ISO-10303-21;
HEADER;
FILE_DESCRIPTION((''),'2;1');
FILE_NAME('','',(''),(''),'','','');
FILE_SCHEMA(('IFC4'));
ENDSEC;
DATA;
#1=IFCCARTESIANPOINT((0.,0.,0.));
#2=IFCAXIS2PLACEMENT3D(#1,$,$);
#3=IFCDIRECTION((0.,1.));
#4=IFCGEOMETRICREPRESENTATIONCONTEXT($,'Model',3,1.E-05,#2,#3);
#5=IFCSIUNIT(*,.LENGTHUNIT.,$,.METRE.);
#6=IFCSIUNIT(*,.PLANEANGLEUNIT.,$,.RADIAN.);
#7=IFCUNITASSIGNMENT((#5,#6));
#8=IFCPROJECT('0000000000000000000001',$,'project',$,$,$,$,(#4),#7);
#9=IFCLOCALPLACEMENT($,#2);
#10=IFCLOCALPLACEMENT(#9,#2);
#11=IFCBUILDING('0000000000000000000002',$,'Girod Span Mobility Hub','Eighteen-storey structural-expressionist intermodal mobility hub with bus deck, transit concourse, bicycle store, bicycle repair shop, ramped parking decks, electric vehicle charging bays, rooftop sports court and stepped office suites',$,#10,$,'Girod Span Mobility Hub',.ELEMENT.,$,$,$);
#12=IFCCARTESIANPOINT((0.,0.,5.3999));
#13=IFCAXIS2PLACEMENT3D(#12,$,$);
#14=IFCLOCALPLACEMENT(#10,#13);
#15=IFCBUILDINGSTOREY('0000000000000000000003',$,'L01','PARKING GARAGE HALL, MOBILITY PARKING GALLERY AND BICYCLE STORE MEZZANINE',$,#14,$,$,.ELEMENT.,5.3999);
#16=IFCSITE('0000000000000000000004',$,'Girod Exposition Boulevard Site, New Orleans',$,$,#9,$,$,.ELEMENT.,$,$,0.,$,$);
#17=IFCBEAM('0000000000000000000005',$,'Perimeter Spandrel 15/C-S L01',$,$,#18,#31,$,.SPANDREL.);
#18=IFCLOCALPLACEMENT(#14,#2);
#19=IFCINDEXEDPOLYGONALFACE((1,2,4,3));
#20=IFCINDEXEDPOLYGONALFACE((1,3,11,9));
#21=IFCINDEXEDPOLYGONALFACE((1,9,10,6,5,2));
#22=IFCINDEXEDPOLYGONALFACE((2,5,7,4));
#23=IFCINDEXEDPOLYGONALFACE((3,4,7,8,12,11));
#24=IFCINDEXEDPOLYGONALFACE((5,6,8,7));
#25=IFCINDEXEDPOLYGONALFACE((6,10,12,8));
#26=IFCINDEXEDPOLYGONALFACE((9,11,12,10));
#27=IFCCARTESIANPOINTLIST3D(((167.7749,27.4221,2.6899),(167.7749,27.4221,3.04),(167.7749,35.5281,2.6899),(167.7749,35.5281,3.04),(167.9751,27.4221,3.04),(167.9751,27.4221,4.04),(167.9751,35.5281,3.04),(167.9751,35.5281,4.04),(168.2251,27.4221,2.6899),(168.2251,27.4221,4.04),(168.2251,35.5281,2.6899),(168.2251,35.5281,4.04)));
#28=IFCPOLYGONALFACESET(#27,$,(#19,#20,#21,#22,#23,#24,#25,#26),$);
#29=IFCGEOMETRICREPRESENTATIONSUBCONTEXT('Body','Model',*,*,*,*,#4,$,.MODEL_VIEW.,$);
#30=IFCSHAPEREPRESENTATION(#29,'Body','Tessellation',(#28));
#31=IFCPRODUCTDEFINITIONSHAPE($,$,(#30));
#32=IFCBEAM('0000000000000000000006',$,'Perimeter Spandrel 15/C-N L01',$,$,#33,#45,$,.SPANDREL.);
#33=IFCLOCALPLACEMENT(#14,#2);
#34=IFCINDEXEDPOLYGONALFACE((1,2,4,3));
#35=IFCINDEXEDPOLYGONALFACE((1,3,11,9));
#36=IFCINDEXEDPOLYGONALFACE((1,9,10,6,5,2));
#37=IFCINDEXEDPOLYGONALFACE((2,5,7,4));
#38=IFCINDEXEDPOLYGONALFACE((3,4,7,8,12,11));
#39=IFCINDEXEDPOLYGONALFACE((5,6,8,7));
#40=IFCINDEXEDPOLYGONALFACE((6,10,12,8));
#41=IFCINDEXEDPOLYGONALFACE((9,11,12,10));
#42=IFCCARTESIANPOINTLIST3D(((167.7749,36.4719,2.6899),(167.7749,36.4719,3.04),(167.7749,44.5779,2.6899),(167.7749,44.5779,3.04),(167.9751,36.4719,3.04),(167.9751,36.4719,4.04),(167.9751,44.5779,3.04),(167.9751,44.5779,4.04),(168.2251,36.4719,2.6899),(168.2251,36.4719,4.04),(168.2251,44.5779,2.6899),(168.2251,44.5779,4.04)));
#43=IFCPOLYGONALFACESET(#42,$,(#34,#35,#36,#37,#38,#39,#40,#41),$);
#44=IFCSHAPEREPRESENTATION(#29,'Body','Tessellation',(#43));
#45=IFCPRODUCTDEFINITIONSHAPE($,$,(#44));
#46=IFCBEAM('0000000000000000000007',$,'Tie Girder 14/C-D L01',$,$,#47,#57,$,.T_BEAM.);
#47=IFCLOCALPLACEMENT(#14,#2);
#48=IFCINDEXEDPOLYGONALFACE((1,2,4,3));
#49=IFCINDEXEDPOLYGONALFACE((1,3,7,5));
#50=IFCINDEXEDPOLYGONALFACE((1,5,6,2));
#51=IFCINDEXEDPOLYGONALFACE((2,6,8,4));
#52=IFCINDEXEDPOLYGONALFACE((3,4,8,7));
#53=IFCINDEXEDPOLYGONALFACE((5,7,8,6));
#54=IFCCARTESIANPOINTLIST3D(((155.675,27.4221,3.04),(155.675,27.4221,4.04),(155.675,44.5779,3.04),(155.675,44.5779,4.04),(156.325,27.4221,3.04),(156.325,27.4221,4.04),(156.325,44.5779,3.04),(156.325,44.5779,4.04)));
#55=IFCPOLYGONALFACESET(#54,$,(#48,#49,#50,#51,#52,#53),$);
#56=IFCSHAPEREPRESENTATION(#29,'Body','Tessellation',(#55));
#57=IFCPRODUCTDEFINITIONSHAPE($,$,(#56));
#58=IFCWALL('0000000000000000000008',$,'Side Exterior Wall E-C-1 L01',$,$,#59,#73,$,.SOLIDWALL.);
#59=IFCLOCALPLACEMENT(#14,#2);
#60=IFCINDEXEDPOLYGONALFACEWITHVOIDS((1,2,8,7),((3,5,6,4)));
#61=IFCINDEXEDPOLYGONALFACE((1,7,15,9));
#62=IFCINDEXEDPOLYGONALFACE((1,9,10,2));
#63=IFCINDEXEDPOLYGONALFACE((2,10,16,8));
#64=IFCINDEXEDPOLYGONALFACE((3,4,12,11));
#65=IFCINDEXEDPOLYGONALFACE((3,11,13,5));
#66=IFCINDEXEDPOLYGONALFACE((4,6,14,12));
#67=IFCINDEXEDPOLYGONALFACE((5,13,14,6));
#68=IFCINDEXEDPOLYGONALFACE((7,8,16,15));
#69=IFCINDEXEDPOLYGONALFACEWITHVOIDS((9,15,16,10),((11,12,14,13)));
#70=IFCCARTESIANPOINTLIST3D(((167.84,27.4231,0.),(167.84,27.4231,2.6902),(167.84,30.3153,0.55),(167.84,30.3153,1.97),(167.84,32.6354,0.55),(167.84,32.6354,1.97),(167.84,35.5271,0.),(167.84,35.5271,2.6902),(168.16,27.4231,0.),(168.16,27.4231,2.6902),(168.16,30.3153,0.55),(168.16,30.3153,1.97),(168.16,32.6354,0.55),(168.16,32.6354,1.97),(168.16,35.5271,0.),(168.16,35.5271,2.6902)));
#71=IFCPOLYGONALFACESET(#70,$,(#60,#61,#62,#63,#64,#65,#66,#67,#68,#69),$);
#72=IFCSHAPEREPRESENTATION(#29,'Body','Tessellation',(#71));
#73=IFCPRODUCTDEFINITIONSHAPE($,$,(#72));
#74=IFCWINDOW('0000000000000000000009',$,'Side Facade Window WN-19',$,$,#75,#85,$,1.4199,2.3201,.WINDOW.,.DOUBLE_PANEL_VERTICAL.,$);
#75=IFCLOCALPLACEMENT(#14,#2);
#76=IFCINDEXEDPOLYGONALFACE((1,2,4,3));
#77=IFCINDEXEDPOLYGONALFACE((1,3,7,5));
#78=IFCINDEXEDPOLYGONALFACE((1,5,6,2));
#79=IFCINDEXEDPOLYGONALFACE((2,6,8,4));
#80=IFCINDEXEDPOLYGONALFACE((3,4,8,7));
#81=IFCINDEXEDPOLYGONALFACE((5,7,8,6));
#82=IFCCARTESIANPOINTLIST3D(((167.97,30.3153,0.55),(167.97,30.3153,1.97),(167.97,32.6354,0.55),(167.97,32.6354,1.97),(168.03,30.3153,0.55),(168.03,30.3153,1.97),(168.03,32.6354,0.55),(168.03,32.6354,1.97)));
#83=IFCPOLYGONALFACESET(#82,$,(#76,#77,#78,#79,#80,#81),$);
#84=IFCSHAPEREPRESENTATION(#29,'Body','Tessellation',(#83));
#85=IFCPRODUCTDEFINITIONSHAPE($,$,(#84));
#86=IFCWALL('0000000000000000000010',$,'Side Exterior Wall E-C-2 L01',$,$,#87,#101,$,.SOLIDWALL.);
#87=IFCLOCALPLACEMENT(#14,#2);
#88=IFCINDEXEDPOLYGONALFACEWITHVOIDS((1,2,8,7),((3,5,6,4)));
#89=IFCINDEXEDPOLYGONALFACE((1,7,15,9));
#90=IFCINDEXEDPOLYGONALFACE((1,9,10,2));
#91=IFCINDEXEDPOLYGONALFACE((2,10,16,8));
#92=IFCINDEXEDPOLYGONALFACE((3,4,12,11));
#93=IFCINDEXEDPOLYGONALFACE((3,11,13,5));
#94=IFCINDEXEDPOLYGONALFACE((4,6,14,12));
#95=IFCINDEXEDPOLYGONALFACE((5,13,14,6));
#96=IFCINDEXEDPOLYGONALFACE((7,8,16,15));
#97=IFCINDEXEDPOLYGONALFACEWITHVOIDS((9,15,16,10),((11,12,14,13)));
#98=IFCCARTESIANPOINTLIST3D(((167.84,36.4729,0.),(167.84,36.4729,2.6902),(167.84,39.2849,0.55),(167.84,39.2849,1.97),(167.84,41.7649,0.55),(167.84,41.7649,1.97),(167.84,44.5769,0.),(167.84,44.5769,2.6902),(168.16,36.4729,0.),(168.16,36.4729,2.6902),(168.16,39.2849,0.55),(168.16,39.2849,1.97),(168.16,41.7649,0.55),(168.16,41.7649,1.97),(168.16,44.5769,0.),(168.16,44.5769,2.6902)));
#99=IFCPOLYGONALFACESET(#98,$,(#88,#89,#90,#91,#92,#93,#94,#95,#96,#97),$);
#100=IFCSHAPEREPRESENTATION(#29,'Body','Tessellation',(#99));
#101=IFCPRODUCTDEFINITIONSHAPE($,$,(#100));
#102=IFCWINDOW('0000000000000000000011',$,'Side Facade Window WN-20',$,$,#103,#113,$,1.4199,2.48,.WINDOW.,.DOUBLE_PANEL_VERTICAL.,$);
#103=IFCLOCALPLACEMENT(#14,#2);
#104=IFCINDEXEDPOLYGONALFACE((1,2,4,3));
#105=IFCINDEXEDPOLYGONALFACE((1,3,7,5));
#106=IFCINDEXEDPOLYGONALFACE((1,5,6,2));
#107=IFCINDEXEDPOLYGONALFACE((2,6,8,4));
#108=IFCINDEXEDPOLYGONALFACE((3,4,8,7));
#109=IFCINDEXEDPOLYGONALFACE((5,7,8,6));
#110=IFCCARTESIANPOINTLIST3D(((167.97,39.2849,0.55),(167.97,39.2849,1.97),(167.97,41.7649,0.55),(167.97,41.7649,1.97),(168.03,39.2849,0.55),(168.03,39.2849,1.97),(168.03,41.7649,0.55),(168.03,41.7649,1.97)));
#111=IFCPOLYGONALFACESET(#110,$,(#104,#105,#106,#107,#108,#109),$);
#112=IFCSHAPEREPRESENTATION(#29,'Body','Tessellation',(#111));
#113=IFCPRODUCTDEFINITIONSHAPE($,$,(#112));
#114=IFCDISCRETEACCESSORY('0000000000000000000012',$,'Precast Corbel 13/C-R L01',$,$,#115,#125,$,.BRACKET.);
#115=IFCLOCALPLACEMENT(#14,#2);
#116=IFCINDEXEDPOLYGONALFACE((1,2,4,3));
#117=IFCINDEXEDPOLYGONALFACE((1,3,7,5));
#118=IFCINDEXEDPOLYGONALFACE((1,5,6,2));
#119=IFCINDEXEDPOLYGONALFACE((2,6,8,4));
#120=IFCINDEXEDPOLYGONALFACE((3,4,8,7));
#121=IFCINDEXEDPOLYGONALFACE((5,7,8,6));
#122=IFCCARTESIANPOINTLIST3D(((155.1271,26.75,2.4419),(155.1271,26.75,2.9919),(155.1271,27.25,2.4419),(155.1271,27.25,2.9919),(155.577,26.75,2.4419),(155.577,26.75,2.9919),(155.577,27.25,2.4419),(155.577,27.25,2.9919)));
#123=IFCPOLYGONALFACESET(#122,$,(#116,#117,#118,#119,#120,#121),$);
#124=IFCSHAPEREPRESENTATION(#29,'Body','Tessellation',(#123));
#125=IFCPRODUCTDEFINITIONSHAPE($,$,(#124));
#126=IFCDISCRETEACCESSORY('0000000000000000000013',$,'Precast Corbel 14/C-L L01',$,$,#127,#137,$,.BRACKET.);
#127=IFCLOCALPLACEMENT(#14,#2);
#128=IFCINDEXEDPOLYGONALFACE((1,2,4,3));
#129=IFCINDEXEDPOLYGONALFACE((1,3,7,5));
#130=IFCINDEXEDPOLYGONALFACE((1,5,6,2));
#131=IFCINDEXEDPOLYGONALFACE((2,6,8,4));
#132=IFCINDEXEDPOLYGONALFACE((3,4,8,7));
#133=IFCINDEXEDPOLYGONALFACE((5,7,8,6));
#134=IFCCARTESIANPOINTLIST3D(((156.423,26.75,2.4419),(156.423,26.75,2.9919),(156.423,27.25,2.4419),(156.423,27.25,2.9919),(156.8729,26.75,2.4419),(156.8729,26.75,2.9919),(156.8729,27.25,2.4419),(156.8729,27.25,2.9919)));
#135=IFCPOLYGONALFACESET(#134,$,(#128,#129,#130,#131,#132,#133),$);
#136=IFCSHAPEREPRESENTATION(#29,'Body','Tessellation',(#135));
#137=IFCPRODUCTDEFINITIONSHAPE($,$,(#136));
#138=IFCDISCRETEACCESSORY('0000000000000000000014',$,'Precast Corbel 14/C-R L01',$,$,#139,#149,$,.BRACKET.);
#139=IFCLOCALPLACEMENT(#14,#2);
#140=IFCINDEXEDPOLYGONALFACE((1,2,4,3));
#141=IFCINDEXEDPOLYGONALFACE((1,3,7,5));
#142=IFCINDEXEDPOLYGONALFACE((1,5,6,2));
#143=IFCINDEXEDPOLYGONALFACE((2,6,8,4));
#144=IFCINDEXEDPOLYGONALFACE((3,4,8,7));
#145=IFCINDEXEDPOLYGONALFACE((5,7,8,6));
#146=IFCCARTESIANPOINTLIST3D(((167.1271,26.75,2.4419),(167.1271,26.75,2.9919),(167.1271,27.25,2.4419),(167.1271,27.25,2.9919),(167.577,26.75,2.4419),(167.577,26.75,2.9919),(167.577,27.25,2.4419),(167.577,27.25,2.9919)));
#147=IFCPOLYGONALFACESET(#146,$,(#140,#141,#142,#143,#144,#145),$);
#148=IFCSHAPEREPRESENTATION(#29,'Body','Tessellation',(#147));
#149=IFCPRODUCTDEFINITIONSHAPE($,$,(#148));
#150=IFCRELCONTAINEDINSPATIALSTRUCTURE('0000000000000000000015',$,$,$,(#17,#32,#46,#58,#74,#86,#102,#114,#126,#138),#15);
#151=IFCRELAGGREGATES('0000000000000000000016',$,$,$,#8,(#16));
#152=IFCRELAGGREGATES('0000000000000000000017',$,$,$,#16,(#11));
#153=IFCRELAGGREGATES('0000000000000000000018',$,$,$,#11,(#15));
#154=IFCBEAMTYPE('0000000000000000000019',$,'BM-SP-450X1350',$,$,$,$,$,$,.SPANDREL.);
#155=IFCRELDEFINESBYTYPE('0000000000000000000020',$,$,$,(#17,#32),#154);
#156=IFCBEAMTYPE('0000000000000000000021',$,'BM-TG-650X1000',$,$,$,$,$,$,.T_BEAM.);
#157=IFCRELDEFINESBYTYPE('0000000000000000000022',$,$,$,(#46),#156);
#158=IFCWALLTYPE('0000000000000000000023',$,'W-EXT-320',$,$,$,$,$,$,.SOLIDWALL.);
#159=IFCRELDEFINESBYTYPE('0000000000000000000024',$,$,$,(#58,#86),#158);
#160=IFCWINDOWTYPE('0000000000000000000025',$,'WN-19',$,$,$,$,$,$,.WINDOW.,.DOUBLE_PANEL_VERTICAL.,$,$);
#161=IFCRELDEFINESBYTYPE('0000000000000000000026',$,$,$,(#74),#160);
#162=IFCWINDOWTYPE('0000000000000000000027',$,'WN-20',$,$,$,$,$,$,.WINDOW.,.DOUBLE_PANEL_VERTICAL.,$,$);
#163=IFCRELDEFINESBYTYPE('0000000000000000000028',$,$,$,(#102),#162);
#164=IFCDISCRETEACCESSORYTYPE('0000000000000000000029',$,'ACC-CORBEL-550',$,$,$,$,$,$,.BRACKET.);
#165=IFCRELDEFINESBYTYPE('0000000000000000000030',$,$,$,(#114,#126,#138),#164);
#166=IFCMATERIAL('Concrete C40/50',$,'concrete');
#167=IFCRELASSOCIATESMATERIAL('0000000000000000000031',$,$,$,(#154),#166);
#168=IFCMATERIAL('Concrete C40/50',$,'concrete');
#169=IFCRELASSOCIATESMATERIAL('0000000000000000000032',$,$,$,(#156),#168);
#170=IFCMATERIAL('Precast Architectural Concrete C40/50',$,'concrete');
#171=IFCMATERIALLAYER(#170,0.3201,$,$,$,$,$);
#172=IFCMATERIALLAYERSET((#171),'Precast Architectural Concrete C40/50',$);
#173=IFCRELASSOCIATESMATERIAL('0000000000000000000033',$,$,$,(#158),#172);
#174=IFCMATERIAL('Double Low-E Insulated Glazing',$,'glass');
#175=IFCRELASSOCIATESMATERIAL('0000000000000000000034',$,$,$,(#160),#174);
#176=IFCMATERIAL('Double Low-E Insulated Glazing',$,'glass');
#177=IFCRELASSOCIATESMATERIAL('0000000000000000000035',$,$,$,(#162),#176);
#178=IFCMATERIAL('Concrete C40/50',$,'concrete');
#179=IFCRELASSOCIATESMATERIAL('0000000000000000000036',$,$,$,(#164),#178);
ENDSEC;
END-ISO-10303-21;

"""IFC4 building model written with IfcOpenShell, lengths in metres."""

from ifc_helpers import new_model, si_unit, direction, frame, frame_2d, origin, origin_2d, place, context, subcontext, project, spatial, polyline, rectangle, outline, extrude, material, layer, layer_set, material_profile, profile_set, type_object, element, fill, save


model = new_model("IFC4")

# Units and contexts
model_context = context("Model", 3, precision=1e-05, world=origin(), true_north=direction((0.0, 1.0)))
body_context = subcontext(model_context, "Body", "Model", "MODEL_VIEW")
ifc_project = project(units=[si_unit("LENGTHUNIT", "METRE"), si_unit("PLANEANGLEUNIT", "RADIAN")], contexts=[model_context])

# Site, building, storey
site_placement = place(None, origin())
site = spatial("IfcSite", under=ifc_project, at=site_placement, Name="Girod Exposition Boulevard Site, New Orleans", CompositionType="ELEMENT", RefElevation=0.0)
building_placement = place(site_placement, origin())
building = spatial("IfcBuilding", under=site, at=building_placement, Name="Girod Span Mobility Hub", Description="Eighteen-storey structural-expressionist intermodal mobility hub with bus deck, transit concourse, bicycle store, bicycle repair shop, ramped parking decks, electric vehicle charging bays, rooftop sports court and stepped office suites", LongName="Girod Span Mobility Hub", CompositionType="ELEMENT")
storey_placement = place(building_placement, frame((0.0, 0.0, 5.3999)))
storey = spatial("IfcBuildingStorey", under=building, at=storey_placement, Name="L01", Description="PARKING GARAGE HALL, MOBILITY PARKING GALLERY AND BICYCLE STORE MEZZANINE", CompositionType="ELEMENT", Elevation=5.3999)

# Beams
ifc_material_1 = material(Name="Concrete C40/50", Category="concrete")
ifc_material_profile_1 = material_profile(ifc_material_1, outline(polyline([(-0.2251, -0.675), (0.2251, -0.675), (0.2251, -0.325), (0.0249, -0.325), (0.0249, 0.675), (-0.2251, 0.675), (-0.2251, -0.675)])), Name="SP-450X1350")
ifc_profile_set_1 = profile_set([ifc_material_profile_1], Name="Concrete C40/50")
beam_type_1 = type_object("IfcBeamType", Name="BM-SP-450X1350", PredefinedType="SPANDREL", material=ifc_profile_set_1)
for number, where, z_axis, x_axis, name in (
    (1, (168.0, 27.4221, 3.365), (0.0, 1.0, 0.0), (-1.0, 0.0, 0.0), "Perimeter Spandrel 15/C-S L01"),
    (2, (168.0, 36.4719, 3.365), (0.0, 1.0, 0.0), (-1.0, 0.0, 0.0), "Perimeter Spandrel 15/C-N L01"),
):
    element("IfcBeam", number, at=place(storey_placement, frame(where, z_axis=z_axis, x_axis=x_axis)), inside=storey, type_object=beam_type_1, Name=name, PredefinedType="SPANDREL", context=body_context, shape_type="SweptSolid", body=[
        extrude(outline(polyline([(-0.2251, -0.675), (0.2251, -0.675), (0.2251, -0.325), (0.0249, -0.325), (0.0249, 0.675), (-0.2251, 0.675), (-0.2251, -0.675)])), origin(), (0.0, 0.0, 1.0), 8.106),
    ])
ifc_material_2 = material(Name="Concrete C40/50", Category="concrete")
ifc_material_profile_2 = material_profile(ifc_material_2, rectangle(XDim=0.6499, YDim=1.0, at=origin_2d()), Name="TG-650X1000")
ifc_profile_set_2 = profile_set([ifc_material_profile_2], Name="Concrete C40/50")
beam_type_2 = type_object("IfcBeamType", Name="BM-TG-650X1000", PredefinedType="T_BEAM", material=ifc_profile_set_2)
beam_1_placement = place(storey_placement, frame((156.0, 27.4221, 3.54), z_axis=(0.0, 1.0, 0.0), x_axis=(-1.0, 0.0, 0.0)))
element("IfcBeam", 3, at=beam_1_placement, inside=storey, type_object=beam_type_2, Name="Tie Girder 14/C-D L01", PredefinedType="T_BEAM", context=body_context, shape_type="SweptSolid", body=[
    extrude(rectangle(XDim=0.6499, YDim=1.0, at=origin_2d()), origin(), (0.0, 0.0, 1.0), 17.1558),
])

# Walls, openings, windows
ifc_material_3 = material(Name="Precast Architectural Concrete C40/50", Category="concrete")
ifc_layer = layer(ifc_material_3, 0.3201)
ifc_layer_set = layer_set([ifc_layer], Name="Precast Architectural Concrete C40/50")
wall_type = type_object("IfcWallType", Name="W-EXT-320", PredefinedType="SOLIDWALL", material=ifc_layer_set)
wall_1_placement = place(storey_placement, frame((168.0, 27.4231, 0.0), z_axis=(0.0, 0.0, 1.0), x_axis=(0.0, 1.0, 0.0)))
wall_1 = element("IfcWall", 4, at=wall_1_placement, inside=storey, type_object=wall_type, Name="Side Exterior Wall E-C-1 L01", PredefinedType="SOLIDWALL", context=body_context, shape_type="SweptSolid", body=[
    extrude(rectangle(XDim=8.104, YDim=0.3201, at=frame_2d((4.052, 0.0))), origin(), (0.0, 0.0, 1.0), 2.6902),
])
opening_1_placement = place(wall_1_placement, frame((2.8921, 0.0, 0.55)))
opening_1 = element("IfcOpeningElement", 5, at=opening_1_placement, cuts=wall_1, PredefinedType="OPENING", context=body_context, shape_type="SweptSolid", body=[
    extrude(rectangle(XDim=2.3201, YDim=1.4199, at=frame_2d((1.1602, 0.71))), frame((0.0, 0.175, 0.0), z_axis=(0.0, -1.0, 0.0), x_axis=(1.0, 0.0, 0.0)), (0.0, 0.0, 1.0), 0.3501),
])
ifc_material_4 = material(Name="Double Low-E Insulated Glazing", Category="glass")
window_type_1 = type_object("IfcWindowType", Name="WN-19", PartitioningType="DOUBLE_PANEL_VERTICAL", PredefinedType="WINDOW", material=ifc_material_4)
window_1_placement = place(opening_1_placement, origin())
window_1 = element("IfcWindow", 6, at=window_1_placement, inside=storey, type_object=window_type_1, Name="Side Facade Window WN-19", OverallHeight=1.4199, OverallWidth=2.3201, PartitioningType="DOUBLE_PANEL_VERTICAL", PredefinedType="WINDOW", context=body_context, shape_type="SweptSolid", body=[
    extrude(rectangle(XDim=2.3201, YDim=1.4199, at=frame_2d((1.1602, 0.71))), frame((0.0, 0.03, 0.0), z_axis=(0.0, -1.0, 0.0), x_axis=(1.0, 0.0, 0.0)), (0.0, 0.0, 1.0), 0.0601),
])
fill(opening_1, window_1)
wall_2_placement = place(storey_placement, frame((168.0, 36.4729, 0.0), z_axis=(0.0, 0.0, 1.0), x_axis=(0.0, 1.0, 0.0)))
wall_2 = element("IfcWall", 7, at=wall_2_placement, inside=storey, type_object=wall_type, Name="Side Exterior Wall E-C-2 L01", PredefinedType="SOLIDWALL", context=body_context, shape_type="SweptSolid", body=[
    extrude(rectangle(XDim=8.104, YDim=0.3201, at=frame_2d((4.052, 0.0))), origin(), (0.0, 0.0, 1.0), 2.6902),
])
opening_2_placement = place(wall_2_placement, frame((2.812, 0.0, 0.55)))
opening_2 = element("IfcOpeningElement", 8, at=opening_2_placement, cuts=wall_2, PredefinedType="OPENING", context=body_context, shape_type="SweptSolid", body=[
    extrude(rectangle(XDim=2.48, YDim=1.4199, at=frame_2d((1.24, 0.71))), frame((0.0, 0.175, 0.0), z_axis=(0.0, -1.0, 0.0), x_axis=(1.0, 0.0, 0.0)), (0.0, 0.0, 1.0), 0.3501),
])
ifc_material_5 = material(Name="Double Low-E Insulated Glazing", Category="glass")
window_type_2 = type_object("IfcWindowType", Name="WN-20", PartitioningType="DOUBLE_PANEL_VERTICAL", PredefinedType="WINDOW", material=ifc_material_5)
window_2_placement = place(opening_2_placement, origin())
window_2 = element("IfcWindow", 9, at=window_2_placement, inside=storey, type_object=window_type_2, Name="Side Facade Window WN-20", OverallHeight=1.4199, OverallWidth=2.48, PartitioningType="DOUBLE_PANEL_VERTICAL", PredefinedType="WINDOW", context=body_context, shape_type="SweptSolid", body=[
    extrude(rectangle(XDim=2.48, YDim=1.4199, at=frame_2d((1.24, 0.71))), frame((0.0, 0.03, 0.0), z_axis=(0.0, -1.0, 0.0), x_axis=(1.0, 0.0, 0.0)), (0.0, 0.0, 1.0), 0.0601),
])
fill(opening_2, window_2)

# Discrete accessories
ifc_material_6 = material(Name="Concrete C40/50", Category="concrete")
discrete_accessory_type = type_object("IfcDiscreteAccessoryType", Name="ACC-CORBEL-550", PredefinedType="BRACKET", material=ifc_material_6)
for number, where, z_axis, x_axis, name in (
    (10, (155.3521, 27.0, 2.4419), (0.0, 0.0, 1.0), (1.0, 0.0, 0.0), "Precast Corbel 13/C-R L01"),
    (11, (156.6479, 27.0, 2.4419), (0.0, 0.0, 1.0), (1.0, 0.0, 0.0), "Precast Corbel 14/C-L L01"),
    (12, (167.3521, 27.0, 2.4419), (0.0, 0.0, 1.0), (1.0, 0.0, 0.0), "Precast Corbel 14/C-R L01"),
):
    element("IfcDiscreteAccessory", number, at=place(storey_placement, frame(where, z_axis=z_axis, x_axis=x_axis)), inside=storey, type_object=discrete_accessory_type, Name=name, PredefinedType="BRACKET", context=body_context, shape_type="SweptSolid", body=[
        extrude(rectangle(XDim=0.45, YDim=0.5, at=origin_2d()), origin(), (0.0, 0.0, 1.0), 0.55),
    ])

save(model, "model.ifc")
